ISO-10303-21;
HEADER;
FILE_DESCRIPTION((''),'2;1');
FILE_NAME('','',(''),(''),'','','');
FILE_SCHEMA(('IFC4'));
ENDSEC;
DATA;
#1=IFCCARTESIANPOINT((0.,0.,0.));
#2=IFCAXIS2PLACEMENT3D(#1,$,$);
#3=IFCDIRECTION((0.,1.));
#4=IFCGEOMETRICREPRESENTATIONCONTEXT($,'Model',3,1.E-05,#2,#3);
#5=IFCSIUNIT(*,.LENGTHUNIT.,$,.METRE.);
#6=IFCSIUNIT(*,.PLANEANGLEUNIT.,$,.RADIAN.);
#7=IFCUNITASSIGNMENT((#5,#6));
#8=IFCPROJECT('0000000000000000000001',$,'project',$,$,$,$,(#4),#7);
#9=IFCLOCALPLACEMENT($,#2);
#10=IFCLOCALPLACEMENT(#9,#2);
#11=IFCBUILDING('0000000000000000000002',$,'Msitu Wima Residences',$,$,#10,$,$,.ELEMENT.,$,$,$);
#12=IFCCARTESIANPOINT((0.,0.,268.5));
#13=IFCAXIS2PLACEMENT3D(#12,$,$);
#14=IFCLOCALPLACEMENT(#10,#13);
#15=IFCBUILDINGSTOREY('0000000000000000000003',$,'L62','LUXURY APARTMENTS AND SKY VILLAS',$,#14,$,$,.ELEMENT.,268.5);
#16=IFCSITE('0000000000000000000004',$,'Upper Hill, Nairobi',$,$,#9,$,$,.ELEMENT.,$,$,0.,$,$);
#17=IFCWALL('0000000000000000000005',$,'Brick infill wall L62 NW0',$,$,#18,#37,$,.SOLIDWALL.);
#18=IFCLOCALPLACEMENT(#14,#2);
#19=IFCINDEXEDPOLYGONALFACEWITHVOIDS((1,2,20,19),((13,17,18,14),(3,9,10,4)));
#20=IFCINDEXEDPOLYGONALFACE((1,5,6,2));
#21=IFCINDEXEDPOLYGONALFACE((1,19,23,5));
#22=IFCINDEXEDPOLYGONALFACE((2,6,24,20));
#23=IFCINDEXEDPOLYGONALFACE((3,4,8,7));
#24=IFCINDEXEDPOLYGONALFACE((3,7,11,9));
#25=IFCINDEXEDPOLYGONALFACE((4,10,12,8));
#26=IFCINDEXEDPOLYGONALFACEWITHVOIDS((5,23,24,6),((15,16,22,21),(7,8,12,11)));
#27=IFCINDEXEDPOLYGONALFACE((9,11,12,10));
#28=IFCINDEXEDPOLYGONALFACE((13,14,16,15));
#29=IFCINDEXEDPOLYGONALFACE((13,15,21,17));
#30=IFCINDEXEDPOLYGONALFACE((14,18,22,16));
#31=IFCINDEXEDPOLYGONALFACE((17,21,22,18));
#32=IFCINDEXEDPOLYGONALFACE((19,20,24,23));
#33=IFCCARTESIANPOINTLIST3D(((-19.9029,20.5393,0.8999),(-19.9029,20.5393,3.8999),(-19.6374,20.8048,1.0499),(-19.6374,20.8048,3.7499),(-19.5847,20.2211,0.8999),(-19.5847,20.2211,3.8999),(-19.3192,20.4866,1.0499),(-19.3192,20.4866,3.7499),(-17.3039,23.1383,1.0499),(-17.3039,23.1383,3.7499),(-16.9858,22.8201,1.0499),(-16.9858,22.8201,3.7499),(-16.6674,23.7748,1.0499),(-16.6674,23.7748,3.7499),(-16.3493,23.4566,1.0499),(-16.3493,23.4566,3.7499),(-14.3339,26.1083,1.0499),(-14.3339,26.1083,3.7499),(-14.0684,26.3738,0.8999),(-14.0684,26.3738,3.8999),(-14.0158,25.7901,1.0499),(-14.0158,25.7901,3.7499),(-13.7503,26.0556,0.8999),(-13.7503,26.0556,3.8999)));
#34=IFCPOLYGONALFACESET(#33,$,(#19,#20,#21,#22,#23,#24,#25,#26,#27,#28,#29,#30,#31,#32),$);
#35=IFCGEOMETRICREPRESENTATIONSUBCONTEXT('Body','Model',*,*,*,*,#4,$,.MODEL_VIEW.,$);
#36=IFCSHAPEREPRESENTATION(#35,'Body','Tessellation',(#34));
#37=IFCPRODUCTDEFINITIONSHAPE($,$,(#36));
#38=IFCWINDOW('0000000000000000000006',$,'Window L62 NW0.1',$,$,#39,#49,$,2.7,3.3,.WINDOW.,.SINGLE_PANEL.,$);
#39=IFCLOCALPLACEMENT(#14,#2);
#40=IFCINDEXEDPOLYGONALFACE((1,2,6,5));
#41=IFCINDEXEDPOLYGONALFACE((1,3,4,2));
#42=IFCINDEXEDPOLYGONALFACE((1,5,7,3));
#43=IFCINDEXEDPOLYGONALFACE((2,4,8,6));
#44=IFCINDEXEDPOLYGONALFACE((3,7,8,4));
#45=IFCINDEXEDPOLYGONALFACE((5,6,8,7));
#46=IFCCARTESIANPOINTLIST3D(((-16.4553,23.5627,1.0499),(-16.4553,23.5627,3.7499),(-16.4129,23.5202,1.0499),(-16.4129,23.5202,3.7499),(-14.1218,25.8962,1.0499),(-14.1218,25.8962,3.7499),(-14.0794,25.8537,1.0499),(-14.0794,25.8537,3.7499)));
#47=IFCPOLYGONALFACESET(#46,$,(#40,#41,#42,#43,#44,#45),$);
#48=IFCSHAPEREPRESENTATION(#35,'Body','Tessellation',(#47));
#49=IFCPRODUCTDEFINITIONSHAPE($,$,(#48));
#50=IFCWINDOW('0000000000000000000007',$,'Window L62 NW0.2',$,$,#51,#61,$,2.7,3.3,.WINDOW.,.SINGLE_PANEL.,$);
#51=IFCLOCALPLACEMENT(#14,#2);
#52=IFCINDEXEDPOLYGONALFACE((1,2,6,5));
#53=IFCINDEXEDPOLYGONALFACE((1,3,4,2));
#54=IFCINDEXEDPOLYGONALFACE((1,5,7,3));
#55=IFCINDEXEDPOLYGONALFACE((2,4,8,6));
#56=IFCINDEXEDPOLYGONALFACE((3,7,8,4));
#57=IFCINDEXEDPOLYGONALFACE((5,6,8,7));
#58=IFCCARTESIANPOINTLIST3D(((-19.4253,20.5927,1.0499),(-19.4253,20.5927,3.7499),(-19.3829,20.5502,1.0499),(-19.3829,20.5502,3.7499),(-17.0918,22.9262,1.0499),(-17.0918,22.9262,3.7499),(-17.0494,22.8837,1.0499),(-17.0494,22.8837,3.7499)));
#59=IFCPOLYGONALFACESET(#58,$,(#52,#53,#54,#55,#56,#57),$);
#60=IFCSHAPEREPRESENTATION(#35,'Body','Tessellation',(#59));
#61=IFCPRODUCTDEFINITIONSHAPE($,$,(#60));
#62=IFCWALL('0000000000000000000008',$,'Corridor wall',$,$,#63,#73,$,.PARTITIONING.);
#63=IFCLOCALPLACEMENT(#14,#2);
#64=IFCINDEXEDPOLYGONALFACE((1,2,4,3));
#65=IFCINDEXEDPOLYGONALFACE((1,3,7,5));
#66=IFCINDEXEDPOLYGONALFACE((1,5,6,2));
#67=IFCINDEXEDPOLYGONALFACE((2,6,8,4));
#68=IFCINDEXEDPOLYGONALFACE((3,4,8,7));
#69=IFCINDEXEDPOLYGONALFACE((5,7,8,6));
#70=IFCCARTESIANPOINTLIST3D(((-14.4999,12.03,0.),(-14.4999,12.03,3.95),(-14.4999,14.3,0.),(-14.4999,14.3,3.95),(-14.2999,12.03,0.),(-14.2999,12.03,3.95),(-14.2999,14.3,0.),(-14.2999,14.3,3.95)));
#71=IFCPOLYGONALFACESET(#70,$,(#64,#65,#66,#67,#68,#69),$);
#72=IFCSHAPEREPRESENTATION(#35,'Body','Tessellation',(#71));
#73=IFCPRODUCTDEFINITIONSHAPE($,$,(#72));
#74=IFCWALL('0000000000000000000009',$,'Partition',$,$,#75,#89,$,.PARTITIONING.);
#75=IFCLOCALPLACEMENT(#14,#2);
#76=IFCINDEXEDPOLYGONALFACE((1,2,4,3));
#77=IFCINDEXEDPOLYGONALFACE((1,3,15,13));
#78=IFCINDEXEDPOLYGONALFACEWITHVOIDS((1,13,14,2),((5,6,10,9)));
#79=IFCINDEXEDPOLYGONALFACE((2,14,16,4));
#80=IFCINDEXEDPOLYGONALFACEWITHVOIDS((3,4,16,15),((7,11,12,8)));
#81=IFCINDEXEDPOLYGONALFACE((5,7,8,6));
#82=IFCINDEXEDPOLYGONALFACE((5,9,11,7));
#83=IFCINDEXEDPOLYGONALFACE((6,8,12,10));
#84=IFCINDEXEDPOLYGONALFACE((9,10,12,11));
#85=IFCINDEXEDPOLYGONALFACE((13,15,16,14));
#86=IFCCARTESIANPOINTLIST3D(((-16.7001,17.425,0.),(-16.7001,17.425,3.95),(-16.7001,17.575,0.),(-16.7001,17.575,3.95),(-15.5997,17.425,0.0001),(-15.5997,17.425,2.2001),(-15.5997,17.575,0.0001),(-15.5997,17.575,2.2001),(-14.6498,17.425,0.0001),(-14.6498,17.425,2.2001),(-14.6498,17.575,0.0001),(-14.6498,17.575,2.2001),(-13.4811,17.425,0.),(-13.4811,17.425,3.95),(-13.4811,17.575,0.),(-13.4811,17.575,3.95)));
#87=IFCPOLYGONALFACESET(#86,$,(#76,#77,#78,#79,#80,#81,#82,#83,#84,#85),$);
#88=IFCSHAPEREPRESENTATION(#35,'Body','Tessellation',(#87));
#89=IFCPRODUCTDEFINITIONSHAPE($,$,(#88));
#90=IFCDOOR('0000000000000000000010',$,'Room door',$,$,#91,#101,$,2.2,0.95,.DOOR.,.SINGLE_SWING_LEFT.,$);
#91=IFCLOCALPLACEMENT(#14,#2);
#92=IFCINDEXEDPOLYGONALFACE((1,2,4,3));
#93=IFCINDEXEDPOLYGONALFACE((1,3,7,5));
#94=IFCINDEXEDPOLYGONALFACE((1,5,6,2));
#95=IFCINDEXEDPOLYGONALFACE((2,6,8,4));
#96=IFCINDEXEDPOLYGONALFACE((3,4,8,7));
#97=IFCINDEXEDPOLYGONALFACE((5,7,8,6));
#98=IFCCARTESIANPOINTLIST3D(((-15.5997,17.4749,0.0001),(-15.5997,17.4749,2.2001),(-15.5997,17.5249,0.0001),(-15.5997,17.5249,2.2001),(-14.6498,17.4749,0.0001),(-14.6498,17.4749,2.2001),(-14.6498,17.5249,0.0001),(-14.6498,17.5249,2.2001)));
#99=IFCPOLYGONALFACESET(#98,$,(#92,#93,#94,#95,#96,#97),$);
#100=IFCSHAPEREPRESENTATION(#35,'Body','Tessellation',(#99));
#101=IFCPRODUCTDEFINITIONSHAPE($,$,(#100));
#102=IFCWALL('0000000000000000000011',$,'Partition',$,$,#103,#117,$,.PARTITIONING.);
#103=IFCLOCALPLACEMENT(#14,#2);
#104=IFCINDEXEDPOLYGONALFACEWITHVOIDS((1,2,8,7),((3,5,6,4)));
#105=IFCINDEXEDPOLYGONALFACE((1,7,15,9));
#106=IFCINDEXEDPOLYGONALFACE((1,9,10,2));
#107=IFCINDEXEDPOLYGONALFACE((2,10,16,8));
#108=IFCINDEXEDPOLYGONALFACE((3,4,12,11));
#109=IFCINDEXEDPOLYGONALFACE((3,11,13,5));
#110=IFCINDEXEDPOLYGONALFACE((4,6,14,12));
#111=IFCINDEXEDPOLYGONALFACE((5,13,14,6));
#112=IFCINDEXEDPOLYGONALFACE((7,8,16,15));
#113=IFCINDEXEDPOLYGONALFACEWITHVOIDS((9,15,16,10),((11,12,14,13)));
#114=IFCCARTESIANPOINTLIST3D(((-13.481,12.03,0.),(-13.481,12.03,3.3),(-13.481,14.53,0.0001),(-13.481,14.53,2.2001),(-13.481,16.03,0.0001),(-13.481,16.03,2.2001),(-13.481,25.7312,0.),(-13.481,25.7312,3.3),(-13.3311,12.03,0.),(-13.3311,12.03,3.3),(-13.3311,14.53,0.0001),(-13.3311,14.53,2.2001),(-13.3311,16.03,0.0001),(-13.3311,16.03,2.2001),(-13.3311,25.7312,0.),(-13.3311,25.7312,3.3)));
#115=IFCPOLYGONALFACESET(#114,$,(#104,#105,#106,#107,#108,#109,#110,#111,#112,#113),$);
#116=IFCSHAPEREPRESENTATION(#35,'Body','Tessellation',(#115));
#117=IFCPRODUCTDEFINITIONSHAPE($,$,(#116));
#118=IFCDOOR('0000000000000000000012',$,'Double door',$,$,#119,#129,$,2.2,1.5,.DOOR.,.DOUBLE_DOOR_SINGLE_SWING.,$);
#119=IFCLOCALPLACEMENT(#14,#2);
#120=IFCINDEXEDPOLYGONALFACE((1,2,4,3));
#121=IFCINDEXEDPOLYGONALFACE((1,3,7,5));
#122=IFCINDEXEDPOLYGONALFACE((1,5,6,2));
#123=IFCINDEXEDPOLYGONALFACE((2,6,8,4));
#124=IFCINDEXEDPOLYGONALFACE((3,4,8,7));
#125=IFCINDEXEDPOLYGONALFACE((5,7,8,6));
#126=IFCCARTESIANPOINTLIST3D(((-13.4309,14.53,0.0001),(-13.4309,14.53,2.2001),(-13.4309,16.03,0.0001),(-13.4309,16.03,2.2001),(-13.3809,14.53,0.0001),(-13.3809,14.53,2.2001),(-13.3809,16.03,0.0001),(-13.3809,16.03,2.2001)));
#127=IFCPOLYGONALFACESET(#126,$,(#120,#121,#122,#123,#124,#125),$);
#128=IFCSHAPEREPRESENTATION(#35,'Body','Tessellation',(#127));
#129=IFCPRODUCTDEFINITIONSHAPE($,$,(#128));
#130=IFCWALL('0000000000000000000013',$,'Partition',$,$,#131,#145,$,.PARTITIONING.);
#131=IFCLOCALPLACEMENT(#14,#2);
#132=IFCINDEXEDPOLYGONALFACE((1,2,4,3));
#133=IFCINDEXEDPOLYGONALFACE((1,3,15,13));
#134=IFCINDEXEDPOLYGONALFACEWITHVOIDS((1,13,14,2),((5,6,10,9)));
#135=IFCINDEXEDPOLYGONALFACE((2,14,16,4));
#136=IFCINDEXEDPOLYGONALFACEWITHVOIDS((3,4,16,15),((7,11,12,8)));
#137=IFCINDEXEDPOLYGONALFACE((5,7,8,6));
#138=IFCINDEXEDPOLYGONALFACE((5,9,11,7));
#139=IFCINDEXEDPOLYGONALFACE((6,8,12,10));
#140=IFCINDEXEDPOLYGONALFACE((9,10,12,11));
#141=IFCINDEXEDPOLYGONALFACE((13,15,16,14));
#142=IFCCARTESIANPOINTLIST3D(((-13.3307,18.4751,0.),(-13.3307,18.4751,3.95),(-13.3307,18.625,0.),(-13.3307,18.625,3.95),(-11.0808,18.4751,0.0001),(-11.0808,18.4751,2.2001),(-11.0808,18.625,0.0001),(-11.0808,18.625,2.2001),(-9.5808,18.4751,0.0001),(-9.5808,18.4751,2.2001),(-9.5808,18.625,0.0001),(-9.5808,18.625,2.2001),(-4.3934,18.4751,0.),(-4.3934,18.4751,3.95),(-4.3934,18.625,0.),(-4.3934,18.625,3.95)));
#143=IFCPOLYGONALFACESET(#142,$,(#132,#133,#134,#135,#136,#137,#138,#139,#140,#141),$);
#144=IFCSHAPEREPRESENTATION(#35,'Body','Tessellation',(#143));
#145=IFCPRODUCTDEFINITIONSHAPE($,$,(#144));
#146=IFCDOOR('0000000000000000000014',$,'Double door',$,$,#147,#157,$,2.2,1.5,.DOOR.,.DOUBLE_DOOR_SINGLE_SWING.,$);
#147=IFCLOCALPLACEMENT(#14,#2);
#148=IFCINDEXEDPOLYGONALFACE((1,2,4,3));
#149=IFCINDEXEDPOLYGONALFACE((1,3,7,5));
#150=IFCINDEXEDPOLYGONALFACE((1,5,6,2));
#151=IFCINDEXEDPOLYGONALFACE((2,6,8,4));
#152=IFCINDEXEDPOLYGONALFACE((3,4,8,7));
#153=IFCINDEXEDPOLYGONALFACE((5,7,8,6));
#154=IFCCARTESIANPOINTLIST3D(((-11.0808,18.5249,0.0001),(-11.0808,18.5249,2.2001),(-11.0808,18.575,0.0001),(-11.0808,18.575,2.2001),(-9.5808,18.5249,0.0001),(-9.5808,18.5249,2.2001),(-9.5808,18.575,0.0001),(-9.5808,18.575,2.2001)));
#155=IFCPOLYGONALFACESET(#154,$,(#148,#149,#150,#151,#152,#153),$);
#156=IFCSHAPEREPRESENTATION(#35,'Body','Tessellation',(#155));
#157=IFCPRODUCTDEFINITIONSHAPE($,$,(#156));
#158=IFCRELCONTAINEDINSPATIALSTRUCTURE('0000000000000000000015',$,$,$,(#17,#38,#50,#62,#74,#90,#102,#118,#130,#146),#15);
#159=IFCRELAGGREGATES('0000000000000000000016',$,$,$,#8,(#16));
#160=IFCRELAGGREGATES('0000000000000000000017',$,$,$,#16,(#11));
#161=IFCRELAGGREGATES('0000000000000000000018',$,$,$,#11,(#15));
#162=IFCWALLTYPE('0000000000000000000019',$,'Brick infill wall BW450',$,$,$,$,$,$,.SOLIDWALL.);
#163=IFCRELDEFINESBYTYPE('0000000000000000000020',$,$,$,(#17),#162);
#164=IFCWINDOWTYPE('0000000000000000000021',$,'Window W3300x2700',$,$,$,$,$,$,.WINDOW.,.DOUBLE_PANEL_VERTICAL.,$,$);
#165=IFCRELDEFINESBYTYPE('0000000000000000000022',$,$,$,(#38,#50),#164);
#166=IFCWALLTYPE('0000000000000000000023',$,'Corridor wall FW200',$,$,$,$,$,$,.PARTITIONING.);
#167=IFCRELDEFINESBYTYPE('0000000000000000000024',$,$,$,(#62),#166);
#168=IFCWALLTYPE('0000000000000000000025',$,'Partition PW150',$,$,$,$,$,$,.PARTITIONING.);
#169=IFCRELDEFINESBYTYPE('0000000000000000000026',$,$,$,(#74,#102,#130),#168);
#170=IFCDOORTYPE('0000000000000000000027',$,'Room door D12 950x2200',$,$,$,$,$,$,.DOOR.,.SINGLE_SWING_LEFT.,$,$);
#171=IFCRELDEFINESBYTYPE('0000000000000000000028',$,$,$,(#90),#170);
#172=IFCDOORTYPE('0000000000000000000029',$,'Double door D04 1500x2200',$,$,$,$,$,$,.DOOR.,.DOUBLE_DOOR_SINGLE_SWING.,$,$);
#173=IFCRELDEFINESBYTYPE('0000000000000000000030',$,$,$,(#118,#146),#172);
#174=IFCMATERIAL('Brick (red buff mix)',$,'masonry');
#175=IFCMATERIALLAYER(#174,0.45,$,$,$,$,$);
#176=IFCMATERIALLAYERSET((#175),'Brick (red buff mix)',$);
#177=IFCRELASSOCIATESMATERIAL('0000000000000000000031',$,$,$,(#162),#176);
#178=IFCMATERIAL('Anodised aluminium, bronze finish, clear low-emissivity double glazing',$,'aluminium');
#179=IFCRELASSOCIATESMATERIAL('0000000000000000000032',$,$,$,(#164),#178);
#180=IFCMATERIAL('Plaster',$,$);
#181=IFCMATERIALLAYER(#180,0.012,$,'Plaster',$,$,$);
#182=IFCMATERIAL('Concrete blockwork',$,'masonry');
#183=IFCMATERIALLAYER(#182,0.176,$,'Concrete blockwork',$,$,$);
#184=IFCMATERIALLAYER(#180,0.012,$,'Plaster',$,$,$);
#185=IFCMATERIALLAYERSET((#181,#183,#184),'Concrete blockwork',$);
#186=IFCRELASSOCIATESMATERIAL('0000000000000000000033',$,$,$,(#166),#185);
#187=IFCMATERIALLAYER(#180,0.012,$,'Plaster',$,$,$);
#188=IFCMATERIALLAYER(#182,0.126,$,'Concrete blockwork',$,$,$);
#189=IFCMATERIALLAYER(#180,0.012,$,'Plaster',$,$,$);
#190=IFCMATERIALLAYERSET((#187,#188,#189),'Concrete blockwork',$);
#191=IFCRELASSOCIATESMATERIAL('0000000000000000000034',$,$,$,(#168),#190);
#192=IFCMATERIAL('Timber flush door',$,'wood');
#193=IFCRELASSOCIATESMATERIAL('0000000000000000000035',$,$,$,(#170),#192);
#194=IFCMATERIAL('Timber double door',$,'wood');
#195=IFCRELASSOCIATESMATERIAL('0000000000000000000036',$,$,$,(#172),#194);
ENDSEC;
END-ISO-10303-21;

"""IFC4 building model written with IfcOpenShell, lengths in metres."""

from ifc_helpers import new_model, si_unit, direction, frame, frame_2d, origin, place, context, subcontext, project, spatial, rectangle, extrude, material, layer, layer_set, type_object, element, fill, save


model = new_model("IFC4")

# Units and contexts
model_context = context("Model", 3, precision=1e-05, world=origin(), true_north=direction((0.0, 1.0)))
body_context = subcontext(model_context, "Body", "Model", "MODEL_VIEW")
ifc_project = project(units=[si_unit("LENGTHUNIT", "METRE"), si_unit("PLANEANGLEUNIT", "RADIAN")], contexts=[model_context])

# Site, building, storey
site_placement = place(None, origin())
site = spatial("IfcSite", under=ifc_project, at=site_placement, Name="Upper Hill, Nairobi", CompositionType="ELEMENT", RefElevation=0.0)
building_placement = place(site_placement, origin())
building = spatial("IfcBuilding", under=site, at=building_placement, Name="Msitu Wima Residences", CompositionType="ELEMENT")
storey_placement = place(building_placement, frame((0.0, 0.0, 268.5)))
storey = spatial("IfcBuildingStorey", under=building, at=storey_placement, Name="L62", Description="LUXURY APARTMENTS AND SKY VILLAS", CompositionType="ELEMENT", Elevation=268.5)

# Wall, openings, windows
ifc_material_1 = material(Name="Brick (red buff mix)", Category="masonry")
ifc_layer_1 = layer(ifc_material_1, 0.45)
ifc_layer_set_1 = layer_set([ifc_layer_1], Name="Brick (red buff mix)")
wall_type_1 = type_object("IfcWallType", Name="Brick infill wall BW450", PredefinedType="SOLIDWALL", material=ifc_layer_set_1)
ifc_material_2 = material(Name="Anodised aluminium, bronze finish, clear low-emissivity double glazing", Category="aluminium")
window_type = type_object("IfcWindowType", Name="Window W3300x2700", PartitioningType="DOUBLE_PANEL_VERTICAL", PredefinedType="WINDOW", material=ifc_material_2)
wall_1_placement = place(storey_placement, frame((-13.9094, 26.2146, 0.8999), z_axis=(0.0, 0.0, 1.0), x_axis=(-0.707107, -0.707107, 0.0)))
wall_1 = element("IfcWall", 1, at=wall_1_placement, inside=storey, type_object=wall_type_1, Name="Brick infill wall L62 NW0", PredefinedType="SOLIDWALL", context=body_context, shape_type="SweptSolid", body=[
    extrude(rectangle(XDim=8.2512, YDim=0.45, at=frame_2d((4.1255, 0.0))), origin(), (0.0, 0.0, 1.0), 3.0),
])
opening_1_placement = place(wall_1_placement, frame((0.3755, 0.0, 0.1499)))
opening_1 = element("IfcOpeningElement", 2, at=opening_1_placement, cuts=wall_1, PredefinedType="OPENING", context=body_context, shape_type="SweptSolid", body=[
    extrude(rectangle(XDim=3.3, YDim=2.7, at=frame_2d((1.6499, 1.3501))), frame((0.0, 0.2349, 0.0), z_axis=(0.0, -1.0, 0.0), x_axis=(1.0, 0.0, 0.0)), (0.0, 0.0, 1.0), 0.47),
])
opening_2_placement = place(wall_1_placement, frame((4.5757, 0.0, 0.1499)))
opening_2 = element("IfcOpeningElement", 3, at=opening_2_placement, cuts=wall_1, PredefinedType="OPENING", context=body_context, shape_type="SweptSolid", body=[
    extrude(rectangle(XDim=3.3, YDim=2.7, at=frame_2d((1.6499, 1.3501))), frame((0.0, 0.2349, 0.0), z_axis=(0.0, -1.0, 0.0), x_axis=(1.0, 0.0, 0.0)), (0.0, 0.0, 1.0), 0.47),
])
window_1_placement = place(opening_1_placement, origin())
window_1 = element("IfcWindow", 4, at=window_1_placement, inside=storey, type_object=window_type, Name="Window L62 NW0.1", OverallHeight=2.7, OverallWidth=3.3, PartitioningType="SINGLE_PANEL", PredefinedType="WINDOW", context=body_context, shape_type="SweptSolid", body=[
    extrude(rectangle(XDim=3.3, YDim=2.7, at=frame_2d((1.6499, 1.3501))), frame((0.0, 0.135, 0.0), z_axis=(0.0, -1.0, 0.0), x_axis=(1.0, 0.0, 0.0)), (0.0, 0.0, 1.0), 0.0601),
])
fill(opening_1, window_1)
window_2_placement = place(opening_2_placement, origin())
window_2 = element("IfcWindow", 5, at=window_2_placement, inside=storey, type_object=window_type, Name="Window L62 NW0.2", OverallHeight=2.7, OverallWidth=3.3, PartitioningType="SINGLE_PANEL", PredefinedType="WINDOW", context=body_context, shape_type="SweptSolid", body=[
    extrude(rectangle(XDim=3.3, YDim=2.7, at=frame_2d((1.6499, 1.3501))), frame((0.0, 0.135, 0.0), z_axis=(0.0, -1.0, 0.0), x_axis=(1.0, 0.0, 0.0)), (0.0, 0.0, 1.0), 0.0601),
])
fill(opening_2, window_2)

# Wall
ifc_material_3 = material(Name="Plaster")
ifc_layer_2 = layer(ifc_material_3, 0.012, Name="Plaster")
ifc_material_4 = material(Name="Concrete blockwork", Category="masonry")
ifc_layer_3 = layer(ifc_material_4, 0.176, Name="Concrete blockwork")
ifc_layer_4 = layer(ifc_material_3, 0.012, Name="Plaster")
ifc_layer_set_2 = layer_set([ifc_layer_2, ifc_layer_3, ifc_layer_4], Name="Concrete blockwork")
wall_type_2 = type_object("IfcWallType", Name="Corridor wall FW200", PredefinedType="PARTITIONING", material=ifc_layer_set_2)
wall_2_placement = place(storey_placement, frame((-14.3999, 12.03, 0.0), z_axis=(0.0, 0.0, 1.0), x_axis=(0.0, 1.0, 0.0)))
element("IfcWall", 6, at=wall_2_placement, inside=storey, type_object=wall_type_2, Name="Corridor wall", PredefinedType="PARTITIONING", context=body_context, shape_type="SweptSolid", body=[
    extrude(rectangle(XDim=2.27, YDim=0.2, at=frame_2d((1.135, 0.0))), origin(), (0.0, 0.0, 1.0), 3.95),
])

# Walls, openings, doors
ifc_layer_5 = layer(ifc_material_3, 0.012, Name="Plaster")
ifc_layer_6 = layer(ifc_material_4, 0.126, Name="Concrete blockwork")
ifc_layer_7 = layer(ifc_material_3, 0.012, Name="Plaster")
ifc_layer_set_3 = layer_set([ifc_layer_5, ifc_layer_6, ifc_layer_7], Name="Concrete blockwork")
wall_type_3 = type_object("IfcWallType", Name="Partition PW150", PredefinedType="PARTITIONING", material=ifc_layer_set_3)
wall_3_placement = place(storey_placement, frame((-16.7, 17.5, 0.0), z_axis=(0.0, 0.0, 1.0), x_axis=(1.0, 0.0, 0.0)))
wall_3 = element("IfcWall", 7, at=wall_3_placement, inside=storey, type_object=wall_type_3, Name="Partition", PredefinedType="PARTITIONING", context=body_context, shape_type="SweptSolid", body=[
    extrude(rectangle(XDim=3.219, YDim=0.1499, at=frame_2d((1.6094, 0.0))), origin(), (0.0, 0.0, 1.0), 3.95),
])
opening_3_placement = place(wall_3_placement, frame((1.1001, 0.0, 0.0)))
opening_3 = element("IfcOpeningElement", 8, at=opening_3_placement, cuts=wall_3, PredefinedType="OPENING", context=body_context, shape_type="SweptSolid", body=[
    extrude(rectangle(XDim=0.95, YDim=2.2, at=frame_2d((0.4751, 1.1001))), frame((0.0, 0.085, 0.0), z_axis=(0.0, -1.0, 0.0), x_axis=(1.0, 0.0, 0.0)), (0.0, 0.0, 1.0), 0.1699),
])
ifc_material_5 = material(Name="Timber flush door", Category="wood")
door_type_1 = type_object("IfcDoorType", Name="Room door D12 950x2200", OperationType="SINGLE_SWING_LEFT", PredefinedType="DOOR", material=ifc_material_5)
door_1_placement = place(opening_3_placement, origin())
door_1 = element("IfcDoor", 9, at=door_1_placement, inside=storey, type_object=door_type_1, Name="Room door", OperationType="SINGLE_SWING_LEFT", OverallHeight=2.2, OverallWidth=0.95, PredefinedType="DOOR", context=body_context, shape_type="SweptSolid", body=[
    extrude(rectangle(XDim=0.95, YDim=2.2, at=frame_2d((0.4751, 1.1001))), frame((0.0, 0.0249, 0.0), z_axis=(0.0, -1.0, 0.0), x_axis=(1.0, 0.0, 0.0)), (0.0, 0.0, 1.0), 0.05),
])
fill(opening_3, door_1)
wall_4_placement = place(storey_placement, frame((-13.406, 12.03, 0.0), z_axis=(0.0, 0.0, 1.0), x_axis=(0.0, 1.0, 0.0)))
wall_4 = element("IfcWall", 10, at=wall_4_placement, inside=storey, type_object=wall_type_3, Name="Partition", PredefinedType="PARTITIONING", context=body_context, shape_type="SweptSolid", body=[
    extrude(rectangle(XDim=13.7012, YDim=0.1499, at=frame_2d((6.8506, 0.0))), origin(), (0.0, 0.0, 1.0), 3.3),
])
opening_4_placement = place(wall_4_placement, frame((2.5, 0.0, 0.0)))
opening_4 = element("IfcOpeningElement", 11, at=opening_4_placement, cuts=wall_4, PredefinedType="OPENING", context=body_context, shape_type="SweptSolid", body=[
    extrude(rectangle(XDim=1.5, YDim=2.2, at=frame_2d((0.75, 1.1001))), frame((0.0, 0.085, 0.0), z_axis=(0.0, -1.0, 0.0), x_axis=(1.0, 0.0, 0.0)), (0.0, 0.0, 1.0), 0.1699),
])
ifc_material_6 = material(Name="Timber double door", Category="wood")
door_type_2 = type_object("IfcDoorType", Name="Double door D04 1500x2200", OperationType="DOUBLE_DOOR_SINGLE_SWING", PredefinedType="DOOR", material=ifc_material_6)
door_2_placement = place(opening_4_placement, origin())
door_2 = element("IfcDoor", 12, at=door_2_placement, inside=storey, type_object=door_type_2, Name="Double door", OperationType="DOUBLE_DOOR_SINGLE_SWING", OverallHeight=2.2, OverallWidth=1.5, PredefinedType="DOOR", context=body_context, shape_type="SweptSolid", body=[
    extrude(rectangle(XDim=1.5, YDim=2.2, at=frame_2d((0.75, 1.1001))), frame((0.0, 0.0249, 0.0), z_axis=(0.0, -1.0, 0.0), x_axis=(1.0, 0.0, 0.0)), (0.0, 0.0, 1.0), 0.05),
])
fill(opening_4, door_2)
wall_5_placement = place(storey_placement, frame((-13.3308, 18.55, 0.0), z_axis=(0.0, 0.0, 1.0), x_axis=(1.0, 0.0, 0.0)))
wall_5 = element("IfcWall", 13, at=wall_5_placement, inside=storey, type_object=wall_type_3, Name="Partition", PredefinedType="PARTITIONING", context=body_context, shape_type="SweptSolid", body=[
    extrude(rectangle(XDim=8.9373, YDim=0.1499, at=frame_2d((4.4688, 0.0))), origin(), (0.0, 0.0, 1.0), 3.95),
])
opening_5_placement = place(wall_5_placement, frame((2.25, 0.0, 0.0)))
opening_5 = element("IfcOpeningElement", 14, at=opening_5_placement, cuts=wall_5, PredefinedType="OPENING", context=body_context, shape_type="SweptSolid", body=[
    extrude(rectangle(XDim=1.5, YDim=2.2, at=frame_2d((0.75, 1.1001))), frame((0.0, 0.085, 0.0), z_axis=(0.0, -1.0, 0.0), x_axis=(1.0, 0.0, 0.0)), (0.0, 0.0, 1.0), 0.1699),
])
door_3_placement = place(opening_5_placement, origin())
door_3 = element("IfcDoor", 15, at=door_3_placement, inside=storey, type_object=door_type_2, Name="Double door", OperationType="DOUBLE_DOOR_SINGLE_SWING", OverallHeight=2.2, OverallWidth=1.5, PredefinedType="DOOR", context=body_context, shape_type="SweptSolid", body=[
    extrude(rectangle(XDim=1.5, YDim=2.2, at=frame_2d((0.75, 1.1001))), frame((0.0, 0.0249, 0.0), z_axis=(0.0, -1.0, 0.0), x_axis=(1.0, 0.0, 0.0)), (0.0, 0.0, 1.0), 0.05),
])
fill(opening_5, door_3)

save(model, "model.ifc")
